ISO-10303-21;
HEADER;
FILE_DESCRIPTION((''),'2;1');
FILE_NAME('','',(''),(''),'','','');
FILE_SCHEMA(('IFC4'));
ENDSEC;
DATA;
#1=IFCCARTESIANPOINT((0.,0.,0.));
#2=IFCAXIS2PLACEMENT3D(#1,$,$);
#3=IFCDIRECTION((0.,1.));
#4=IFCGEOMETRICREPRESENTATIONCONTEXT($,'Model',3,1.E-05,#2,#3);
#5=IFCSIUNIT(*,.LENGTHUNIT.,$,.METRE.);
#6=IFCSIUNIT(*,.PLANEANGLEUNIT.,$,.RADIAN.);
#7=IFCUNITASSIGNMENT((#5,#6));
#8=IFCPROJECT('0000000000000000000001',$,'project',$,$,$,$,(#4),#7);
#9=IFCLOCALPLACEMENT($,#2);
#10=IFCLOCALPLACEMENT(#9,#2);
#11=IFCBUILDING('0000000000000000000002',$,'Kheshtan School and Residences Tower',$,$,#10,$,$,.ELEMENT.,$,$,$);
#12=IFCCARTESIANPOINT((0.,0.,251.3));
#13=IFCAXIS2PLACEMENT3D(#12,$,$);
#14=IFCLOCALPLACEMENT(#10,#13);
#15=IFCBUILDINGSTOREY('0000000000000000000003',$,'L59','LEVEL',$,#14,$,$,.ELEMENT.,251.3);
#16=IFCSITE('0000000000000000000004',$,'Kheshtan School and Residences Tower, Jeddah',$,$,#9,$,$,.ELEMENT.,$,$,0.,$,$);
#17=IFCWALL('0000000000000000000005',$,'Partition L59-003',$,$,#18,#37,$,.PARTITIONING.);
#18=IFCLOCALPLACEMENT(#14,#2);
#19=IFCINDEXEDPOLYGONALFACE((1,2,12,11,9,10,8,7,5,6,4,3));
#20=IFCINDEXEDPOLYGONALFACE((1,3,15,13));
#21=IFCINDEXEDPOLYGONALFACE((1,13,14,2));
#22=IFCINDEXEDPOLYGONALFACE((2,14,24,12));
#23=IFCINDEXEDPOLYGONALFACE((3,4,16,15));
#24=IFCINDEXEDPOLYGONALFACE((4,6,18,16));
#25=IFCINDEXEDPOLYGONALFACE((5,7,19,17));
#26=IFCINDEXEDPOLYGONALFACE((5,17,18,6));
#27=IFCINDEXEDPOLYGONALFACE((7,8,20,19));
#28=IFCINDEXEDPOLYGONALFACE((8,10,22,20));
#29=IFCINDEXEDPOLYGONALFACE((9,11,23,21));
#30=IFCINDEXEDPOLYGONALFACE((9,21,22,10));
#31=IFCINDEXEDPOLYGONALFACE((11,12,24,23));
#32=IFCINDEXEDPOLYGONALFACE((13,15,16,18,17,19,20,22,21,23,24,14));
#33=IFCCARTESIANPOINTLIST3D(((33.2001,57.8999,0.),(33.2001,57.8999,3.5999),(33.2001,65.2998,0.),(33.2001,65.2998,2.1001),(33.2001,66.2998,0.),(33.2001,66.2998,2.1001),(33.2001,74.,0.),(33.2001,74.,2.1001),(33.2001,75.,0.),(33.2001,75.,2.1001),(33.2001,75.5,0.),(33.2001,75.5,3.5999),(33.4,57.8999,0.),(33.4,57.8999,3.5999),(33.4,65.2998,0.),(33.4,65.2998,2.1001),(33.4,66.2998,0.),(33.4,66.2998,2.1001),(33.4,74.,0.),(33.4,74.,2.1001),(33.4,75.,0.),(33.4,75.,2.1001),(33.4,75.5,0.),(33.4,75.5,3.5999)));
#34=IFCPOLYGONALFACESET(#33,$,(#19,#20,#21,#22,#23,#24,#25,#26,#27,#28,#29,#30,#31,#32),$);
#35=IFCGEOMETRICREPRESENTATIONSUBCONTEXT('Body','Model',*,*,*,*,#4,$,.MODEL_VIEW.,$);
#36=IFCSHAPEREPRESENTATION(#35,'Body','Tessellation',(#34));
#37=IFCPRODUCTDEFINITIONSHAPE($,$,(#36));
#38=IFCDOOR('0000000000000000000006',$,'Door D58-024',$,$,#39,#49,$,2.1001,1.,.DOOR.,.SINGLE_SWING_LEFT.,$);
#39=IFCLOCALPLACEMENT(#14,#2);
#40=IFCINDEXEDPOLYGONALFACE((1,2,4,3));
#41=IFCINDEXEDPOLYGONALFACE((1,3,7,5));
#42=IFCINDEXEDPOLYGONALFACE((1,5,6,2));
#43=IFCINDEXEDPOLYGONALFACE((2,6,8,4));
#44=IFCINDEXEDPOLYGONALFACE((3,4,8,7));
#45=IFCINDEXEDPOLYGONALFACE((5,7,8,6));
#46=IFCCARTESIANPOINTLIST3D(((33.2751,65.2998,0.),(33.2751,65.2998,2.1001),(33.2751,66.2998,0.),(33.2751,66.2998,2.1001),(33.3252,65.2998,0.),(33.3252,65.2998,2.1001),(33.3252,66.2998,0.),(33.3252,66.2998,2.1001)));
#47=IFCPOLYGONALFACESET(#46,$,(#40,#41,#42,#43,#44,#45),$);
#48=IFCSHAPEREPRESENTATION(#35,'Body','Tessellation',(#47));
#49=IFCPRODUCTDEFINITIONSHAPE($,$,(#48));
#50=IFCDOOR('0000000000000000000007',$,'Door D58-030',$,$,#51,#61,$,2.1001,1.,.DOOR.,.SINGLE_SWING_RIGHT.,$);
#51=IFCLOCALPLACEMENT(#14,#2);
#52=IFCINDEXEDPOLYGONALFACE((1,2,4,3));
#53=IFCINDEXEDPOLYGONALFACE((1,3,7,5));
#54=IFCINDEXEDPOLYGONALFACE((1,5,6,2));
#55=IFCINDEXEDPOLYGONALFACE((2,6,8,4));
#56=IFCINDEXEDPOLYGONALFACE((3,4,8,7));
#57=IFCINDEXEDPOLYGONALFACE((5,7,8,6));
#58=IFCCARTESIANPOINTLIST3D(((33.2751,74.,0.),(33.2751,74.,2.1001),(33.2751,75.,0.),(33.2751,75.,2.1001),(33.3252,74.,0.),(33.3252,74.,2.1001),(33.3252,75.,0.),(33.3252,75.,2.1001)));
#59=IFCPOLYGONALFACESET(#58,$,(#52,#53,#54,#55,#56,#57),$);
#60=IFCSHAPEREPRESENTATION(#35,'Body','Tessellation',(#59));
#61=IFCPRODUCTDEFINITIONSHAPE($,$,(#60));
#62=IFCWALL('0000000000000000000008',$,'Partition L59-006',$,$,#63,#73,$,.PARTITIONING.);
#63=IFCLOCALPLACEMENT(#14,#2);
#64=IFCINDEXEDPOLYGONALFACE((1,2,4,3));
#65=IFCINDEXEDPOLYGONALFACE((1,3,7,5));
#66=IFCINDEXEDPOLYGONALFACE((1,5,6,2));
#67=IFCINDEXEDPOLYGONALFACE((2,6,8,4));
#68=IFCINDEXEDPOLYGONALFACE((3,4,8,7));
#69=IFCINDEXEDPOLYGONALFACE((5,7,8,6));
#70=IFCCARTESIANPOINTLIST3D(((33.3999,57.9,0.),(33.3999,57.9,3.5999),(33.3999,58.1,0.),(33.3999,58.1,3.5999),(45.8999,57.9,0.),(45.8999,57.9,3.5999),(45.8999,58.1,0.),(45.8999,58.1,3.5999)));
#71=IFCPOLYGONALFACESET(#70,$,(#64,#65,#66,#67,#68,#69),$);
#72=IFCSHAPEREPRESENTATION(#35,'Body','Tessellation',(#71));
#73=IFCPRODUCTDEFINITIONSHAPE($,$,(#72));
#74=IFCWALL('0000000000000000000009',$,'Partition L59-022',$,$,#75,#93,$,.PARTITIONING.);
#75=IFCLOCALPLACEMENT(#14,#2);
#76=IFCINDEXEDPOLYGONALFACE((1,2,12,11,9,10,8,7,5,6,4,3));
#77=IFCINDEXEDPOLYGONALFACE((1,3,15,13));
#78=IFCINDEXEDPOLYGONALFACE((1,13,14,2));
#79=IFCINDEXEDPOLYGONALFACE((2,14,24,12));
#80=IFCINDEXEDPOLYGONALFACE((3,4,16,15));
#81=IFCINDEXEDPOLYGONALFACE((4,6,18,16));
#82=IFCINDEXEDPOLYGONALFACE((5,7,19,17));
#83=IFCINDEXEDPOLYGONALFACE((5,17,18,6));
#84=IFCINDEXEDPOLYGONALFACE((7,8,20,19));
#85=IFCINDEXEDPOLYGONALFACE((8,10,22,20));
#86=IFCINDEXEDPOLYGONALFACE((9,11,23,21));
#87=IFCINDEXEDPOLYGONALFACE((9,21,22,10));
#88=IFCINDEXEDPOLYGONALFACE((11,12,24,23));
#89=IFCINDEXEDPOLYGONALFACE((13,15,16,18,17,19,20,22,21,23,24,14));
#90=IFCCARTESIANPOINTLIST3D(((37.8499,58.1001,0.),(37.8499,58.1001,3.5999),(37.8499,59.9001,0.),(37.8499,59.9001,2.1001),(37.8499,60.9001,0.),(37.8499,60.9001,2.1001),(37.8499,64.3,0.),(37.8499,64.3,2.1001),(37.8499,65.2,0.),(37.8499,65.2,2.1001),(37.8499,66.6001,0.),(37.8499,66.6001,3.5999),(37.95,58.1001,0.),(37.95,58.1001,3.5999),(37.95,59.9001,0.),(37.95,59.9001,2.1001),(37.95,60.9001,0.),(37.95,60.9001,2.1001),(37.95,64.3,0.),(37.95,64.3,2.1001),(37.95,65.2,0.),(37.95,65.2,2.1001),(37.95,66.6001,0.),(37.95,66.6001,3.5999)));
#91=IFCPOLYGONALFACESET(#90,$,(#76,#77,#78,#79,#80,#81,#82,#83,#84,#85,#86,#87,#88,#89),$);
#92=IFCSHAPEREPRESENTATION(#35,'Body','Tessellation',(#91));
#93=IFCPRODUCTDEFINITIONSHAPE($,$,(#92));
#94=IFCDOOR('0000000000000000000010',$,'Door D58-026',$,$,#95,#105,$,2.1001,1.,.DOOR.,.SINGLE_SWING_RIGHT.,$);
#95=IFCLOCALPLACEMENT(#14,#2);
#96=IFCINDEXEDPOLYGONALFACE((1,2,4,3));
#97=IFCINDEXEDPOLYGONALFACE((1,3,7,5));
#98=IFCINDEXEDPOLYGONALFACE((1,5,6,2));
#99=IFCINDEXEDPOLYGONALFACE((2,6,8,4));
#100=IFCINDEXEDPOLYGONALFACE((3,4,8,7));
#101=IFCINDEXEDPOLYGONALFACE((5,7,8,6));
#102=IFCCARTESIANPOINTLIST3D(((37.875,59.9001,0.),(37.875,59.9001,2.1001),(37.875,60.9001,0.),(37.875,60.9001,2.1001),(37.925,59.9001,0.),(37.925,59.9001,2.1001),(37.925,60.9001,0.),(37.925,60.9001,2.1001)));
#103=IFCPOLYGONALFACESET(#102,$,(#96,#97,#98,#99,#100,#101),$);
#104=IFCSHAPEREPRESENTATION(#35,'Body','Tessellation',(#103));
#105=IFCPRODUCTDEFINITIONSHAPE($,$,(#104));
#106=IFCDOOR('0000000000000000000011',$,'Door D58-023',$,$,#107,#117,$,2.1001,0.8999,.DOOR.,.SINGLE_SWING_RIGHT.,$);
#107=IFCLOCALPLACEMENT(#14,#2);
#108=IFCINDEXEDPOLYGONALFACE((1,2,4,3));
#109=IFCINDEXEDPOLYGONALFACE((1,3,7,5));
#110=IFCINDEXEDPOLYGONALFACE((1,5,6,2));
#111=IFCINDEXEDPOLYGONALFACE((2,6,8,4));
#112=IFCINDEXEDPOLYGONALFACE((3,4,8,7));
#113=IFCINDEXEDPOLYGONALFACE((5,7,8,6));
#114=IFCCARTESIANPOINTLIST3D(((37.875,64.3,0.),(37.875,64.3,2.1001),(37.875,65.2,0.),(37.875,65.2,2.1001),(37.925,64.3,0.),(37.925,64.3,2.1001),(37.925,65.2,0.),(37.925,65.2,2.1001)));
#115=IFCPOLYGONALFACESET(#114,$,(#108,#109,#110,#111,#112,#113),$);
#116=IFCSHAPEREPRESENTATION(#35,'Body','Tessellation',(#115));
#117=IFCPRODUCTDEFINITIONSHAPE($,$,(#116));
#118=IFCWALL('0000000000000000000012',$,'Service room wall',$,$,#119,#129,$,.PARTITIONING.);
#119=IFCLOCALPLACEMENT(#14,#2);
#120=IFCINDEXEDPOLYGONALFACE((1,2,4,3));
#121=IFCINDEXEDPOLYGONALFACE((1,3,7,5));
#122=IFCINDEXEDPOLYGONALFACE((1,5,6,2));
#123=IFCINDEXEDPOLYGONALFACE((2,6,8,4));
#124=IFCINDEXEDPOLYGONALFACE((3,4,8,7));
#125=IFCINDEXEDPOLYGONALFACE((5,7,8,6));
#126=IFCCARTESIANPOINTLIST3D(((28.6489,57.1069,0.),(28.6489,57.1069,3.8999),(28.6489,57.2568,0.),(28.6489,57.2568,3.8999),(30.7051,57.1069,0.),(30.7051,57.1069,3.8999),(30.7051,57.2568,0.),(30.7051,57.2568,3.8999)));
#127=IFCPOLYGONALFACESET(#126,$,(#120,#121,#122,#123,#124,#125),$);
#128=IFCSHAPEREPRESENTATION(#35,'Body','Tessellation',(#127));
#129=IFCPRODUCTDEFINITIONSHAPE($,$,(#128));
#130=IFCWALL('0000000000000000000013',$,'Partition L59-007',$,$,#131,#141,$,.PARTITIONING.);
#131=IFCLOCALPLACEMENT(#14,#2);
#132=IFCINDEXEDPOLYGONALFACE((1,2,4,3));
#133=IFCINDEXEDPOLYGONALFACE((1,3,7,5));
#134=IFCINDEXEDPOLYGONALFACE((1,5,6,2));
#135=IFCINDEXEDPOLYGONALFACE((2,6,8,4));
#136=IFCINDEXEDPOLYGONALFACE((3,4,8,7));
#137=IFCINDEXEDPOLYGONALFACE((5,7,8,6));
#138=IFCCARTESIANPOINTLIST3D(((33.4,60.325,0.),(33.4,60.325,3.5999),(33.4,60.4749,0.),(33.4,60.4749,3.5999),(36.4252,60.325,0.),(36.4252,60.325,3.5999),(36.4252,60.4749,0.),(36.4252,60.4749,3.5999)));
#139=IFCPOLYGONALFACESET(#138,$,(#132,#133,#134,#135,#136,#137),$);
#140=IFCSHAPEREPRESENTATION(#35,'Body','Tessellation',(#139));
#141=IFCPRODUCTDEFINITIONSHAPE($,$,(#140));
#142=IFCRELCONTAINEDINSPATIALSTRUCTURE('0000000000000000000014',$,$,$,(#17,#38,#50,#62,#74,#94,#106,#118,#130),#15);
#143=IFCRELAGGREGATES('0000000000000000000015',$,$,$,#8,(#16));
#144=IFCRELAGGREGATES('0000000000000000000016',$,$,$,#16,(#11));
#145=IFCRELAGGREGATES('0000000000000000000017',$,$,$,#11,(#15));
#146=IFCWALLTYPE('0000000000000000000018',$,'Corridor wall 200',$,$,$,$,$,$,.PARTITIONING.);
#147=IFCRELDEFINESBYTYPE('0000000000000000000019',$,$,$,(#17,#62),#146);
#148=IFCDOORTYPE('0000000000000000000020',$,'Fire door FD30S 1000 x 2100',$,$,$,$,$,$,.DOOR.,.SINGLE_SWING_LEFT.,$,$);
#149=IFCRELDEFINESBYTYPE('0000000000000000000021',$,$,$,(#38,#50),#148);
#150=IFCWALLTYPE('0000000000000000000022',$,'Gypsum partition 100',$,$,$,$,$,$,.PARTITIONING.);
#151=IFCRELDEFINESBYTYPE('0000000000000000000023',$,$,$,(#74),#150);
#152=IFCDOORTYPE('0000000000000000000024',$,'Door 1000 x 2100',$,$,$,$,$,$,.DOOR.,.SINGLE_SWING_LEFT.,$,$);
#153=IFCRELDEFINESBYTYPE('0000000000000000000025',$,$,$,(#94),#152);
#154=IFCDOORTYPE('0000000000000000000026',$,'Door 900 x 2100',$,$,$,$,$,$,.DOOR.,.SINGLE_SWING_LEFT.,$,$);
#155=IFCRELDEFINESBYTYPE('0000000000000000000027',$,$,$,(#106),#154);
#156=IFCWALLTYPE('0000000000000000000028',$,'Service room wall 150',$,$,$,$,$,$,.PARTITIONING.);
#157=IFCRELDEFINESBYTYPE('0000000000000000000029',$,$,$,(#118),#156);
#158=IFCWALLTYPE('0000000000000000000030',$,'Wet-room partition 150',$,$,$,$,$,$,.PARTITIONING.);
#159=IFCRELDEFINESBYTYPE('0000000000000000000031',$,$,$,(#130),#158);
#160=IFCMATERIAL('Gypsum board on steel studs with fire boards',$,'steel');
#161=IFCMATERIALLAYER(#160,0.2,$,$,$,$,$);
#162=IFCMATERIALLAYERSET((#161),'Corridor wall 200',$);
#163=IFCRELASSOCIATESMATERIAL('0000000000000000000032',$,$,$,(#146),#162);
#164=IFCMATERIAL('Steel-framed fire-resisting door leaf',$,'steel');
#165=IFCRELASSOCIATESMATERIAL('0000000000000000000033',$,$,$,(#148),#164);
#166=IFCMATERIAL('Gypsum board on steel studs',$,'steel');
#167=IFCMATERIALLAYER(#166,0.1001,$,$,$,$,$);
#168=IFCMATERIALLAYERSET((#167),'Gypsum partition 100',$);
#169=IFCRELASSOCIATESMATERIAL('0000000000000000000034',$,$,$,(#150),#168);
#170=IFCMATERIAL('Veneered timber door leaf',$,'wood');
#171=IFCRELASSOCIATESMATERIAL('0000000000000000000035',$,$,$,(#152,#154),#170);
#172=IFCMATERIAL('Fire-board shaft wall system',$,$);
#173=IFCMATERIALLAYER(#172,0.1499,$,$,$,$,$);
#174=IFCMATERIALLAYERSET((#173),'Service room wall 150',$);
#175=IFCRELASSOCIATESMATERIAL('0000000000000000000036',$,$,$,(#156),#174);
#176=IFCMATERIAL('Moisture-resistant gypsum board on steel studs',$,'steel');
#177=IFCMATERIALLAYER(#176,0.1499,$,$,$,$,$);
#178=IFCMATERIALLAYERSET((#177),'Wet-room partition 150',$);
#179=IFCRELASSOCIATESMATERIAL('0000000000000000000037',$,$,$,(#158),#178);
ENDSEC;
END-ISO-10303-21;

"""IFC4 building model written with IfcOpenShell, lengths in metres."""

from ifc_helpers import new_model, si_unit, direction, frame, frame_2d, origin, place, context, subcontext, project, spatial, rectangle, extrude, source, transform, mapped, material, layer, layer_set, type_object, element, fill, save


model = new_model("IFC4")

# Units and contexts
model_context = context("Model", 3, precision=1e-05, world=origin(), true_north=direction((0.0, 1.0)))
body_context = subcontext(model_context, "Body", "Model", "MODEL_VIEW")
ifc_project = project(units=[si_unit("LENGTHUNIT", "METRE"), si_unit("PLANEANGLEUNIT", "RADIAN")], contexts=[model_context])

# Site, building, storey
site_placement = place(None, origin())
site = spatial("IfcSite", under=ifc_project, at=site_placement, Name="Kheshtan School and Residences Tower, Jeddah", CompositionType="ELEMENT", RefElevation=0.0)
building_placement = place(site_placement, origin())
building = spatial("IfcBuilding", under=site, at=building_placement, Name="Kheshtan School and Residences Tower", CompositionType="ELEMENT")
storey_placement = place(building_placement, frame((0.0, 0.0, 251.3)))
storey = spatial("IfcBuildingStorey", under=building, at=storey_placement, Name="L59", Description="LEVEL", CompositionType="ELEMENT", Elevation=251.3)

# Wall, openings, doors
ifc_material_1 = material(Name="Gypsum board on steel studs with fire boards", Category="steel")
ifc_layer_1 = layer(ifc_material_1, 0.2)
ifc_layer_set_1 = layer_set([ifc_layer_1], Name="Corridor wall 200")
wall_type_1 = type_object("IfcWallType", Name="Corridor wall 200", PredefinedType="PARTITIONING", material=ifc_layer_set_1)
wall_1_placement = place(storey_placement, frame((33.3, 57.8999, 0.0), z_axis=(0.0, 0.0, 1.0), x_axis=(0.0, 1.0, 0.0)))
wall_1 = element("IfcWall", 1, at=wall_1_placement, inside=storey, type_object=wall_type_1, Name="Partition L59-003", PredefinedType="PARTITIONING", context=body_context, shape_type="SweptSolid", body=[
    extrude(rectangle(XDim=17.6001, YDim=0.2, at=frame_2d((8.8, 0.0))), origin(), (0.0, 0.0, 1.0), 3.5999),
])
opening_1_placement = place(wall_1_placement, frame((7.3999, 0.0, 0.0)))
opening_1 = element("IfcOpeningElement", 2, at=opening_1_placement, cuts=wall_1, PredefinedType="OPENING", context=body_context, shape_type="SweptSolid", body=[
    extrude(rectangle(XDim=1.0, YDim=2.1001, at=frame_2d((0.5, 1.05))), frame((0.0, 0.1099, 0.0), z_axis=(0.0, -1.0, 0.0), x_axis=(1.0, 0.0, 0.0)), (0.0, 0.0, 1.0), 0.22),
])
opening_2_placement = place(wall_1_placement, frame((16.1001, 0.0, 0.0)))
opening_2 = element("IfcOpeningElement", 3, at=opening_2_placement, cuts=wall_1, PredefinedType="OPENING", context=body_context, shape_type="SweptSolid", body=[
    extrude(rectangle(XDim=1.0, YDim=2.1001, at=frame_2d((0.5, 1.05))), frame((0.0, 0.1099, 0.0), z_axis=(0.0, -1.0, 0.0), x_axis=(1.0, 0.0, 0.0)), (0.0, 0.0, 1.0), 0.22),
])
ifc_material_2 = material(Name="Steel-framed fire-resisting door leaf", Category="steel")
door_type_1 = type_object("IfcDoorType", Name="Fire door FD30S 1000 x 2100", OperationType="SINGLE_SWING_LEFT", PredefinedType="DOOR", material=ifc_material_2)
shared_shape_1 = source(origin(), body_context, "Body", "SweptSolid", [
    extrude(rectangle(XDim=1.0, YDim=2.1001, at=frame_2d((0.5, 1.05))), frame((0.0, 0.0249, 0.0), z_axis=(0.0, -1.0, 0.0), x_axis=(1.0, 0.0, 0.0)), (0.0, 0.0, 1.0), 0.05),
])
door_1_placement = place(opening_1_placement, origin())
door_1 = element("IfcDoor", 4, at=door_1_placement, inside=storey, type_object=door_type_1, Name="Door D58-024", OperationType="SINGLE_SWING_LEFT", OverallHeight=2.1001, OverallWidth=1.0, PredefinedType="DOOR", context=body_context, shape_type="MappedRepresentation", body=[
    mapped(shared_shape_1, transform((0.0, 0.0, 0.0), x_axis=(1.0, 0.0, 0.0), y_axis=(0.0, 1.0, 0.0), z_axis=(0.0, 0.0, 1.0), scale=1.0)),
])
fill(opening_1, door_1)
door_2_placement = place(opening_2_placement, origin())
door_2 = element("IfcDoor", 5, at=door_2_placement, inside=storey, type_object=door_type_1, Name="Door D58-030", OperationType="SINGLE_SWING_RIGHT", OverallHeight=2.1001, OverallWidth=1.0, PredefinedType="DOOR", context=body_context, shape_type="MappedRepresentation", body=[
    mapped(shared_shape_1, transform((0.0, 0.0, 0.0), x_axis=(1.0, 0.0, 0.0), y_axis=(0.0, 1.0, 0.0), z_axis=(0.0, 0.0, 1.0), scale=1.0)),
])
fill(opening_2, door_2)

# Wall
wall_2_placement = place(storey_placement, frame((33.3999, 58.0, 0.0), z_axis=(0.0, 0.0, 1.0), x_axis=(1.0, 0.0, 0.0)))
element("IfcWall", 6, at=wall_2_placement, inside=storey, type_object=wall_type_1, Name="Partition L59-006", PredefinedType="PARTITIONING", context=body_context, shape_type="SweptSolid", body=[
    extrude(rectangle(XDim=12.5, YDim=0.2, at=frame_2d((6.25, 0.0))), origin(), (0.0, 0.0, 1.0), 3.5999),
])

# Wall, openings, doors
ifc_material_3 = material(Name="Gypsum board on steel studs", Category="steel")
ifc_layer_2 = layer(ifc_material_3, 0.1001)
ifc_layer_set_2 = layer_set([ifc_layer_2], Name="Gypsum partition 100")
wall_type_2 = type_object("IfcWallType", Name="Gypsum partition 100", PredefinedType="PARTITIONING", material=ifc_layer_set_2)
wall_3_placement = place(storey_placement, frame((37.8999, 58.1001, 0.0), z_axis=(0.0, 0.0, 1.0), x_axis=(0.0, 1.0, 0.0)))
wall_3 = element("IfcWall", 7, at=wall_3_placement, inside=storey, type_object=wall_type_2, Name="Partition L59-022", PredefinedType="PARTITIONING", context=body_context, shape_type="SweptSolid", body=[
    extrude(rectangle(XDim=8.5, YDim=0.1001, at=frame_2d((4.25, 0.0))), origin(), (0.0, 0.0, 1.0), 3.5999),
])
opening_3_placement = place(wall_3_placement, frame((6.2, 0.0, 0.0)))
opening_3 = element("IfcOpeningElement", 8, at=opening_3_placement, cuts=wall_3, PredefinedType="OPENING", context=body_context, shape_type="SweptSolid", body=[
    extrude(rectangle(XDim=0.8999, YDim=2.1001, at=frame_2d((0.45, 1.05))), frame((0.0, 0.0601, 0.0), z_axis=(0.0, -1.0, 0.0), x_axis=(1.0, 0.0, 0.0)), (0.0, 0.0, 1.0), 0.1201),
])
opening_4_placement = place(wall_3_placement, frame((1.8, 0.0, 0.0)))
opening_4 = element("IfcOpeningElement", 9, at=opening_4_placement, cuts=wall_3, PredefinedType="OPENING", context=body_context, shape_type="SweptSolid", body=[
    extrude(rectangle(XDim=1.0, YDim=2.1001, at=frame_2d((0.5, 1.05))), frame((0.0, 0.0601, 0.0), z_axis=(0.0, -1.0, 0.0), x_axis=(1.0, 0.0, 0.0)), (0.0, 0.0, 1.0), 0.1201),
])
ifc_material_4 = material(Name="Veneered timber door leaf", Category="wood")
door_type_2 = type_object("IfcDoorType", Name="Door 1000 x 2100", OperationType="SINGLE_SWING_LEFT", PredefinedType="DOOR", material=ifc_material_4)
shared_shape_2 = source(origin(), body_context, "Body", "SweptSolid", [
    extrude(rectangle(XDim=1.0, YDim=2.1001, at=frame_2d((0.5, 1.05))), frame((0.0, 0.0249, 0.0), z_axis=(0.0, -1.0, 0.0), x_axis=(1.0, 0.0, 0.0)), (0.0, 0.0, 1.0), 0.05),
])
door_3_placement = place(opening_4_placement, origin())
door_3 = element("IfcDoor", 10, at=door_3_placement, inside=storey, type_object=door_type_2, Name="Door D58-026", OperationType="SINGLE_SWING_RIGHT", OverallHeight=2.1001, OverallWidth=1.0, PredefinedType="DOOR", context=body_context, shape_type="MappedRepresentation", body=[
    mapped(shared_shape_2, transform((0.0, 0.0, 0.0), x_axis=(1.0, 0.0, 0.0), y_axis=(0.0, 1.0, 0.0), z_axis=(0.0, 0.0, 1.0), scale=1.0)),
])
fill(opening_4, door_3)
door_type_3 = type_object("IfcDoorType", Name="Door 900 x 2100", OperationType="SINGLE_SWING_LEFT", PredefinedType="DOOR", material=ifc_material_4)
shared_shape_3 = source(origin(), body_context, "Body", "SweptSolid", [
    extrude(rectangle(XDim=0.8999, YDim=2.1001, at=frame_2d((0.45, 1.05))), frame((0.0, 0.0249, 0.0), z_axis=(0.0, -1.0, 0.0), x_axis=(1.0, 0.0, 0.0)), (0.0, 0.0, 1.0), 0.05),
])
door_4_placement = place(opening_3_placement, origin())
door_4 = element("IfcDoor", 11, at=door_4_placement, inside=storey, type_object=door_type_3, Name="Door D58-023", OperationType="SINGLE_SWING_RIGHT", OverallHeight=2.1001, OverallWidth=0.8999, PredefinedType="DOOR", context=body_context, shape_type="MappedRepresentation", body=[
    mapped(shared_shape_3, transform((0.0, 0.0, 0.0), x_axis=(1.0, 0.0, 0.0), y_axis=(0.0, 1.0, 0.0), z_axis=(0.0, 0.0, 1.0), scale=1.0)),
])
fill(opening_3, door_4)

# Walls
ifc_material_5 = material(Name="Fire-board shaft wall system")
ifc_layer_3 = layer(ifc_material_5, 0.1499)
ifc_layer_set_3 = layer_set([ifc_layer_3], Name="Service room wall 150")
wall_type_3 = type_object("IfcWallType", Name="Service room wall 150", PredefinedType="PARTITIONING", material=ifc_layer_set_3)
wall_4_placement = place(storey_placement, frame((28.6489, 57.1819, 0.0), z_axis=(0.0, 0.0, 1.0), x_axis=(1.0, 0.0, 0.0)))
element("IfcWall", 12, at=wall_4_placement, inside=storey, type_object=wall_type_3, Name="Service room wall", PredefinedType="PARTITIONING", context=body_context, shape_type="SweptSolid", body=[
    extrude(rectangle(XDim=2.0562, YDim=0.1499, at=frame_2d((1.0281, 0.0))), origin(), (0.0, 0.0, 1.0), 3.8999),
])
ifc_material_6 = material(Name="Moisture-resistant gypsum board on steel studs", Category="steel")
ifc_layer_4 = layer(ifc_material_6, 0.1499)
ifc_layer_set_4 = layer_set([ifc_layer_4], Name="Wet-room partition 150")
wall_type_4 = type_object("IfcWallType", Name="Wet-room partition 150", PredefinedType="PARTITIONING", material=ifc_layer_set_4)
wall_5_placement = place(storey_placement, frame((33.3999, 60.3999, 0.0), z_axis=(0.0, 0.0, 1.0), x_axis=(1.0, 0.0, 0.0)))
element("IfcWall", 13, at=wall_5_placement, inside=storey, type_object=wall_type_4, Name="Partition L59-007", PredefinedType="PARTITIONING", context=body_context, shape_type="SweptSolid", body=[
    extrude(rectangle(XDim=3.0251, YDim=0.1499, at=frame_2d((1.5127, 0.0))), origin(), (0.0, 0.0, 1.0), 3.5999),
])

save(model, "model.ifc")
